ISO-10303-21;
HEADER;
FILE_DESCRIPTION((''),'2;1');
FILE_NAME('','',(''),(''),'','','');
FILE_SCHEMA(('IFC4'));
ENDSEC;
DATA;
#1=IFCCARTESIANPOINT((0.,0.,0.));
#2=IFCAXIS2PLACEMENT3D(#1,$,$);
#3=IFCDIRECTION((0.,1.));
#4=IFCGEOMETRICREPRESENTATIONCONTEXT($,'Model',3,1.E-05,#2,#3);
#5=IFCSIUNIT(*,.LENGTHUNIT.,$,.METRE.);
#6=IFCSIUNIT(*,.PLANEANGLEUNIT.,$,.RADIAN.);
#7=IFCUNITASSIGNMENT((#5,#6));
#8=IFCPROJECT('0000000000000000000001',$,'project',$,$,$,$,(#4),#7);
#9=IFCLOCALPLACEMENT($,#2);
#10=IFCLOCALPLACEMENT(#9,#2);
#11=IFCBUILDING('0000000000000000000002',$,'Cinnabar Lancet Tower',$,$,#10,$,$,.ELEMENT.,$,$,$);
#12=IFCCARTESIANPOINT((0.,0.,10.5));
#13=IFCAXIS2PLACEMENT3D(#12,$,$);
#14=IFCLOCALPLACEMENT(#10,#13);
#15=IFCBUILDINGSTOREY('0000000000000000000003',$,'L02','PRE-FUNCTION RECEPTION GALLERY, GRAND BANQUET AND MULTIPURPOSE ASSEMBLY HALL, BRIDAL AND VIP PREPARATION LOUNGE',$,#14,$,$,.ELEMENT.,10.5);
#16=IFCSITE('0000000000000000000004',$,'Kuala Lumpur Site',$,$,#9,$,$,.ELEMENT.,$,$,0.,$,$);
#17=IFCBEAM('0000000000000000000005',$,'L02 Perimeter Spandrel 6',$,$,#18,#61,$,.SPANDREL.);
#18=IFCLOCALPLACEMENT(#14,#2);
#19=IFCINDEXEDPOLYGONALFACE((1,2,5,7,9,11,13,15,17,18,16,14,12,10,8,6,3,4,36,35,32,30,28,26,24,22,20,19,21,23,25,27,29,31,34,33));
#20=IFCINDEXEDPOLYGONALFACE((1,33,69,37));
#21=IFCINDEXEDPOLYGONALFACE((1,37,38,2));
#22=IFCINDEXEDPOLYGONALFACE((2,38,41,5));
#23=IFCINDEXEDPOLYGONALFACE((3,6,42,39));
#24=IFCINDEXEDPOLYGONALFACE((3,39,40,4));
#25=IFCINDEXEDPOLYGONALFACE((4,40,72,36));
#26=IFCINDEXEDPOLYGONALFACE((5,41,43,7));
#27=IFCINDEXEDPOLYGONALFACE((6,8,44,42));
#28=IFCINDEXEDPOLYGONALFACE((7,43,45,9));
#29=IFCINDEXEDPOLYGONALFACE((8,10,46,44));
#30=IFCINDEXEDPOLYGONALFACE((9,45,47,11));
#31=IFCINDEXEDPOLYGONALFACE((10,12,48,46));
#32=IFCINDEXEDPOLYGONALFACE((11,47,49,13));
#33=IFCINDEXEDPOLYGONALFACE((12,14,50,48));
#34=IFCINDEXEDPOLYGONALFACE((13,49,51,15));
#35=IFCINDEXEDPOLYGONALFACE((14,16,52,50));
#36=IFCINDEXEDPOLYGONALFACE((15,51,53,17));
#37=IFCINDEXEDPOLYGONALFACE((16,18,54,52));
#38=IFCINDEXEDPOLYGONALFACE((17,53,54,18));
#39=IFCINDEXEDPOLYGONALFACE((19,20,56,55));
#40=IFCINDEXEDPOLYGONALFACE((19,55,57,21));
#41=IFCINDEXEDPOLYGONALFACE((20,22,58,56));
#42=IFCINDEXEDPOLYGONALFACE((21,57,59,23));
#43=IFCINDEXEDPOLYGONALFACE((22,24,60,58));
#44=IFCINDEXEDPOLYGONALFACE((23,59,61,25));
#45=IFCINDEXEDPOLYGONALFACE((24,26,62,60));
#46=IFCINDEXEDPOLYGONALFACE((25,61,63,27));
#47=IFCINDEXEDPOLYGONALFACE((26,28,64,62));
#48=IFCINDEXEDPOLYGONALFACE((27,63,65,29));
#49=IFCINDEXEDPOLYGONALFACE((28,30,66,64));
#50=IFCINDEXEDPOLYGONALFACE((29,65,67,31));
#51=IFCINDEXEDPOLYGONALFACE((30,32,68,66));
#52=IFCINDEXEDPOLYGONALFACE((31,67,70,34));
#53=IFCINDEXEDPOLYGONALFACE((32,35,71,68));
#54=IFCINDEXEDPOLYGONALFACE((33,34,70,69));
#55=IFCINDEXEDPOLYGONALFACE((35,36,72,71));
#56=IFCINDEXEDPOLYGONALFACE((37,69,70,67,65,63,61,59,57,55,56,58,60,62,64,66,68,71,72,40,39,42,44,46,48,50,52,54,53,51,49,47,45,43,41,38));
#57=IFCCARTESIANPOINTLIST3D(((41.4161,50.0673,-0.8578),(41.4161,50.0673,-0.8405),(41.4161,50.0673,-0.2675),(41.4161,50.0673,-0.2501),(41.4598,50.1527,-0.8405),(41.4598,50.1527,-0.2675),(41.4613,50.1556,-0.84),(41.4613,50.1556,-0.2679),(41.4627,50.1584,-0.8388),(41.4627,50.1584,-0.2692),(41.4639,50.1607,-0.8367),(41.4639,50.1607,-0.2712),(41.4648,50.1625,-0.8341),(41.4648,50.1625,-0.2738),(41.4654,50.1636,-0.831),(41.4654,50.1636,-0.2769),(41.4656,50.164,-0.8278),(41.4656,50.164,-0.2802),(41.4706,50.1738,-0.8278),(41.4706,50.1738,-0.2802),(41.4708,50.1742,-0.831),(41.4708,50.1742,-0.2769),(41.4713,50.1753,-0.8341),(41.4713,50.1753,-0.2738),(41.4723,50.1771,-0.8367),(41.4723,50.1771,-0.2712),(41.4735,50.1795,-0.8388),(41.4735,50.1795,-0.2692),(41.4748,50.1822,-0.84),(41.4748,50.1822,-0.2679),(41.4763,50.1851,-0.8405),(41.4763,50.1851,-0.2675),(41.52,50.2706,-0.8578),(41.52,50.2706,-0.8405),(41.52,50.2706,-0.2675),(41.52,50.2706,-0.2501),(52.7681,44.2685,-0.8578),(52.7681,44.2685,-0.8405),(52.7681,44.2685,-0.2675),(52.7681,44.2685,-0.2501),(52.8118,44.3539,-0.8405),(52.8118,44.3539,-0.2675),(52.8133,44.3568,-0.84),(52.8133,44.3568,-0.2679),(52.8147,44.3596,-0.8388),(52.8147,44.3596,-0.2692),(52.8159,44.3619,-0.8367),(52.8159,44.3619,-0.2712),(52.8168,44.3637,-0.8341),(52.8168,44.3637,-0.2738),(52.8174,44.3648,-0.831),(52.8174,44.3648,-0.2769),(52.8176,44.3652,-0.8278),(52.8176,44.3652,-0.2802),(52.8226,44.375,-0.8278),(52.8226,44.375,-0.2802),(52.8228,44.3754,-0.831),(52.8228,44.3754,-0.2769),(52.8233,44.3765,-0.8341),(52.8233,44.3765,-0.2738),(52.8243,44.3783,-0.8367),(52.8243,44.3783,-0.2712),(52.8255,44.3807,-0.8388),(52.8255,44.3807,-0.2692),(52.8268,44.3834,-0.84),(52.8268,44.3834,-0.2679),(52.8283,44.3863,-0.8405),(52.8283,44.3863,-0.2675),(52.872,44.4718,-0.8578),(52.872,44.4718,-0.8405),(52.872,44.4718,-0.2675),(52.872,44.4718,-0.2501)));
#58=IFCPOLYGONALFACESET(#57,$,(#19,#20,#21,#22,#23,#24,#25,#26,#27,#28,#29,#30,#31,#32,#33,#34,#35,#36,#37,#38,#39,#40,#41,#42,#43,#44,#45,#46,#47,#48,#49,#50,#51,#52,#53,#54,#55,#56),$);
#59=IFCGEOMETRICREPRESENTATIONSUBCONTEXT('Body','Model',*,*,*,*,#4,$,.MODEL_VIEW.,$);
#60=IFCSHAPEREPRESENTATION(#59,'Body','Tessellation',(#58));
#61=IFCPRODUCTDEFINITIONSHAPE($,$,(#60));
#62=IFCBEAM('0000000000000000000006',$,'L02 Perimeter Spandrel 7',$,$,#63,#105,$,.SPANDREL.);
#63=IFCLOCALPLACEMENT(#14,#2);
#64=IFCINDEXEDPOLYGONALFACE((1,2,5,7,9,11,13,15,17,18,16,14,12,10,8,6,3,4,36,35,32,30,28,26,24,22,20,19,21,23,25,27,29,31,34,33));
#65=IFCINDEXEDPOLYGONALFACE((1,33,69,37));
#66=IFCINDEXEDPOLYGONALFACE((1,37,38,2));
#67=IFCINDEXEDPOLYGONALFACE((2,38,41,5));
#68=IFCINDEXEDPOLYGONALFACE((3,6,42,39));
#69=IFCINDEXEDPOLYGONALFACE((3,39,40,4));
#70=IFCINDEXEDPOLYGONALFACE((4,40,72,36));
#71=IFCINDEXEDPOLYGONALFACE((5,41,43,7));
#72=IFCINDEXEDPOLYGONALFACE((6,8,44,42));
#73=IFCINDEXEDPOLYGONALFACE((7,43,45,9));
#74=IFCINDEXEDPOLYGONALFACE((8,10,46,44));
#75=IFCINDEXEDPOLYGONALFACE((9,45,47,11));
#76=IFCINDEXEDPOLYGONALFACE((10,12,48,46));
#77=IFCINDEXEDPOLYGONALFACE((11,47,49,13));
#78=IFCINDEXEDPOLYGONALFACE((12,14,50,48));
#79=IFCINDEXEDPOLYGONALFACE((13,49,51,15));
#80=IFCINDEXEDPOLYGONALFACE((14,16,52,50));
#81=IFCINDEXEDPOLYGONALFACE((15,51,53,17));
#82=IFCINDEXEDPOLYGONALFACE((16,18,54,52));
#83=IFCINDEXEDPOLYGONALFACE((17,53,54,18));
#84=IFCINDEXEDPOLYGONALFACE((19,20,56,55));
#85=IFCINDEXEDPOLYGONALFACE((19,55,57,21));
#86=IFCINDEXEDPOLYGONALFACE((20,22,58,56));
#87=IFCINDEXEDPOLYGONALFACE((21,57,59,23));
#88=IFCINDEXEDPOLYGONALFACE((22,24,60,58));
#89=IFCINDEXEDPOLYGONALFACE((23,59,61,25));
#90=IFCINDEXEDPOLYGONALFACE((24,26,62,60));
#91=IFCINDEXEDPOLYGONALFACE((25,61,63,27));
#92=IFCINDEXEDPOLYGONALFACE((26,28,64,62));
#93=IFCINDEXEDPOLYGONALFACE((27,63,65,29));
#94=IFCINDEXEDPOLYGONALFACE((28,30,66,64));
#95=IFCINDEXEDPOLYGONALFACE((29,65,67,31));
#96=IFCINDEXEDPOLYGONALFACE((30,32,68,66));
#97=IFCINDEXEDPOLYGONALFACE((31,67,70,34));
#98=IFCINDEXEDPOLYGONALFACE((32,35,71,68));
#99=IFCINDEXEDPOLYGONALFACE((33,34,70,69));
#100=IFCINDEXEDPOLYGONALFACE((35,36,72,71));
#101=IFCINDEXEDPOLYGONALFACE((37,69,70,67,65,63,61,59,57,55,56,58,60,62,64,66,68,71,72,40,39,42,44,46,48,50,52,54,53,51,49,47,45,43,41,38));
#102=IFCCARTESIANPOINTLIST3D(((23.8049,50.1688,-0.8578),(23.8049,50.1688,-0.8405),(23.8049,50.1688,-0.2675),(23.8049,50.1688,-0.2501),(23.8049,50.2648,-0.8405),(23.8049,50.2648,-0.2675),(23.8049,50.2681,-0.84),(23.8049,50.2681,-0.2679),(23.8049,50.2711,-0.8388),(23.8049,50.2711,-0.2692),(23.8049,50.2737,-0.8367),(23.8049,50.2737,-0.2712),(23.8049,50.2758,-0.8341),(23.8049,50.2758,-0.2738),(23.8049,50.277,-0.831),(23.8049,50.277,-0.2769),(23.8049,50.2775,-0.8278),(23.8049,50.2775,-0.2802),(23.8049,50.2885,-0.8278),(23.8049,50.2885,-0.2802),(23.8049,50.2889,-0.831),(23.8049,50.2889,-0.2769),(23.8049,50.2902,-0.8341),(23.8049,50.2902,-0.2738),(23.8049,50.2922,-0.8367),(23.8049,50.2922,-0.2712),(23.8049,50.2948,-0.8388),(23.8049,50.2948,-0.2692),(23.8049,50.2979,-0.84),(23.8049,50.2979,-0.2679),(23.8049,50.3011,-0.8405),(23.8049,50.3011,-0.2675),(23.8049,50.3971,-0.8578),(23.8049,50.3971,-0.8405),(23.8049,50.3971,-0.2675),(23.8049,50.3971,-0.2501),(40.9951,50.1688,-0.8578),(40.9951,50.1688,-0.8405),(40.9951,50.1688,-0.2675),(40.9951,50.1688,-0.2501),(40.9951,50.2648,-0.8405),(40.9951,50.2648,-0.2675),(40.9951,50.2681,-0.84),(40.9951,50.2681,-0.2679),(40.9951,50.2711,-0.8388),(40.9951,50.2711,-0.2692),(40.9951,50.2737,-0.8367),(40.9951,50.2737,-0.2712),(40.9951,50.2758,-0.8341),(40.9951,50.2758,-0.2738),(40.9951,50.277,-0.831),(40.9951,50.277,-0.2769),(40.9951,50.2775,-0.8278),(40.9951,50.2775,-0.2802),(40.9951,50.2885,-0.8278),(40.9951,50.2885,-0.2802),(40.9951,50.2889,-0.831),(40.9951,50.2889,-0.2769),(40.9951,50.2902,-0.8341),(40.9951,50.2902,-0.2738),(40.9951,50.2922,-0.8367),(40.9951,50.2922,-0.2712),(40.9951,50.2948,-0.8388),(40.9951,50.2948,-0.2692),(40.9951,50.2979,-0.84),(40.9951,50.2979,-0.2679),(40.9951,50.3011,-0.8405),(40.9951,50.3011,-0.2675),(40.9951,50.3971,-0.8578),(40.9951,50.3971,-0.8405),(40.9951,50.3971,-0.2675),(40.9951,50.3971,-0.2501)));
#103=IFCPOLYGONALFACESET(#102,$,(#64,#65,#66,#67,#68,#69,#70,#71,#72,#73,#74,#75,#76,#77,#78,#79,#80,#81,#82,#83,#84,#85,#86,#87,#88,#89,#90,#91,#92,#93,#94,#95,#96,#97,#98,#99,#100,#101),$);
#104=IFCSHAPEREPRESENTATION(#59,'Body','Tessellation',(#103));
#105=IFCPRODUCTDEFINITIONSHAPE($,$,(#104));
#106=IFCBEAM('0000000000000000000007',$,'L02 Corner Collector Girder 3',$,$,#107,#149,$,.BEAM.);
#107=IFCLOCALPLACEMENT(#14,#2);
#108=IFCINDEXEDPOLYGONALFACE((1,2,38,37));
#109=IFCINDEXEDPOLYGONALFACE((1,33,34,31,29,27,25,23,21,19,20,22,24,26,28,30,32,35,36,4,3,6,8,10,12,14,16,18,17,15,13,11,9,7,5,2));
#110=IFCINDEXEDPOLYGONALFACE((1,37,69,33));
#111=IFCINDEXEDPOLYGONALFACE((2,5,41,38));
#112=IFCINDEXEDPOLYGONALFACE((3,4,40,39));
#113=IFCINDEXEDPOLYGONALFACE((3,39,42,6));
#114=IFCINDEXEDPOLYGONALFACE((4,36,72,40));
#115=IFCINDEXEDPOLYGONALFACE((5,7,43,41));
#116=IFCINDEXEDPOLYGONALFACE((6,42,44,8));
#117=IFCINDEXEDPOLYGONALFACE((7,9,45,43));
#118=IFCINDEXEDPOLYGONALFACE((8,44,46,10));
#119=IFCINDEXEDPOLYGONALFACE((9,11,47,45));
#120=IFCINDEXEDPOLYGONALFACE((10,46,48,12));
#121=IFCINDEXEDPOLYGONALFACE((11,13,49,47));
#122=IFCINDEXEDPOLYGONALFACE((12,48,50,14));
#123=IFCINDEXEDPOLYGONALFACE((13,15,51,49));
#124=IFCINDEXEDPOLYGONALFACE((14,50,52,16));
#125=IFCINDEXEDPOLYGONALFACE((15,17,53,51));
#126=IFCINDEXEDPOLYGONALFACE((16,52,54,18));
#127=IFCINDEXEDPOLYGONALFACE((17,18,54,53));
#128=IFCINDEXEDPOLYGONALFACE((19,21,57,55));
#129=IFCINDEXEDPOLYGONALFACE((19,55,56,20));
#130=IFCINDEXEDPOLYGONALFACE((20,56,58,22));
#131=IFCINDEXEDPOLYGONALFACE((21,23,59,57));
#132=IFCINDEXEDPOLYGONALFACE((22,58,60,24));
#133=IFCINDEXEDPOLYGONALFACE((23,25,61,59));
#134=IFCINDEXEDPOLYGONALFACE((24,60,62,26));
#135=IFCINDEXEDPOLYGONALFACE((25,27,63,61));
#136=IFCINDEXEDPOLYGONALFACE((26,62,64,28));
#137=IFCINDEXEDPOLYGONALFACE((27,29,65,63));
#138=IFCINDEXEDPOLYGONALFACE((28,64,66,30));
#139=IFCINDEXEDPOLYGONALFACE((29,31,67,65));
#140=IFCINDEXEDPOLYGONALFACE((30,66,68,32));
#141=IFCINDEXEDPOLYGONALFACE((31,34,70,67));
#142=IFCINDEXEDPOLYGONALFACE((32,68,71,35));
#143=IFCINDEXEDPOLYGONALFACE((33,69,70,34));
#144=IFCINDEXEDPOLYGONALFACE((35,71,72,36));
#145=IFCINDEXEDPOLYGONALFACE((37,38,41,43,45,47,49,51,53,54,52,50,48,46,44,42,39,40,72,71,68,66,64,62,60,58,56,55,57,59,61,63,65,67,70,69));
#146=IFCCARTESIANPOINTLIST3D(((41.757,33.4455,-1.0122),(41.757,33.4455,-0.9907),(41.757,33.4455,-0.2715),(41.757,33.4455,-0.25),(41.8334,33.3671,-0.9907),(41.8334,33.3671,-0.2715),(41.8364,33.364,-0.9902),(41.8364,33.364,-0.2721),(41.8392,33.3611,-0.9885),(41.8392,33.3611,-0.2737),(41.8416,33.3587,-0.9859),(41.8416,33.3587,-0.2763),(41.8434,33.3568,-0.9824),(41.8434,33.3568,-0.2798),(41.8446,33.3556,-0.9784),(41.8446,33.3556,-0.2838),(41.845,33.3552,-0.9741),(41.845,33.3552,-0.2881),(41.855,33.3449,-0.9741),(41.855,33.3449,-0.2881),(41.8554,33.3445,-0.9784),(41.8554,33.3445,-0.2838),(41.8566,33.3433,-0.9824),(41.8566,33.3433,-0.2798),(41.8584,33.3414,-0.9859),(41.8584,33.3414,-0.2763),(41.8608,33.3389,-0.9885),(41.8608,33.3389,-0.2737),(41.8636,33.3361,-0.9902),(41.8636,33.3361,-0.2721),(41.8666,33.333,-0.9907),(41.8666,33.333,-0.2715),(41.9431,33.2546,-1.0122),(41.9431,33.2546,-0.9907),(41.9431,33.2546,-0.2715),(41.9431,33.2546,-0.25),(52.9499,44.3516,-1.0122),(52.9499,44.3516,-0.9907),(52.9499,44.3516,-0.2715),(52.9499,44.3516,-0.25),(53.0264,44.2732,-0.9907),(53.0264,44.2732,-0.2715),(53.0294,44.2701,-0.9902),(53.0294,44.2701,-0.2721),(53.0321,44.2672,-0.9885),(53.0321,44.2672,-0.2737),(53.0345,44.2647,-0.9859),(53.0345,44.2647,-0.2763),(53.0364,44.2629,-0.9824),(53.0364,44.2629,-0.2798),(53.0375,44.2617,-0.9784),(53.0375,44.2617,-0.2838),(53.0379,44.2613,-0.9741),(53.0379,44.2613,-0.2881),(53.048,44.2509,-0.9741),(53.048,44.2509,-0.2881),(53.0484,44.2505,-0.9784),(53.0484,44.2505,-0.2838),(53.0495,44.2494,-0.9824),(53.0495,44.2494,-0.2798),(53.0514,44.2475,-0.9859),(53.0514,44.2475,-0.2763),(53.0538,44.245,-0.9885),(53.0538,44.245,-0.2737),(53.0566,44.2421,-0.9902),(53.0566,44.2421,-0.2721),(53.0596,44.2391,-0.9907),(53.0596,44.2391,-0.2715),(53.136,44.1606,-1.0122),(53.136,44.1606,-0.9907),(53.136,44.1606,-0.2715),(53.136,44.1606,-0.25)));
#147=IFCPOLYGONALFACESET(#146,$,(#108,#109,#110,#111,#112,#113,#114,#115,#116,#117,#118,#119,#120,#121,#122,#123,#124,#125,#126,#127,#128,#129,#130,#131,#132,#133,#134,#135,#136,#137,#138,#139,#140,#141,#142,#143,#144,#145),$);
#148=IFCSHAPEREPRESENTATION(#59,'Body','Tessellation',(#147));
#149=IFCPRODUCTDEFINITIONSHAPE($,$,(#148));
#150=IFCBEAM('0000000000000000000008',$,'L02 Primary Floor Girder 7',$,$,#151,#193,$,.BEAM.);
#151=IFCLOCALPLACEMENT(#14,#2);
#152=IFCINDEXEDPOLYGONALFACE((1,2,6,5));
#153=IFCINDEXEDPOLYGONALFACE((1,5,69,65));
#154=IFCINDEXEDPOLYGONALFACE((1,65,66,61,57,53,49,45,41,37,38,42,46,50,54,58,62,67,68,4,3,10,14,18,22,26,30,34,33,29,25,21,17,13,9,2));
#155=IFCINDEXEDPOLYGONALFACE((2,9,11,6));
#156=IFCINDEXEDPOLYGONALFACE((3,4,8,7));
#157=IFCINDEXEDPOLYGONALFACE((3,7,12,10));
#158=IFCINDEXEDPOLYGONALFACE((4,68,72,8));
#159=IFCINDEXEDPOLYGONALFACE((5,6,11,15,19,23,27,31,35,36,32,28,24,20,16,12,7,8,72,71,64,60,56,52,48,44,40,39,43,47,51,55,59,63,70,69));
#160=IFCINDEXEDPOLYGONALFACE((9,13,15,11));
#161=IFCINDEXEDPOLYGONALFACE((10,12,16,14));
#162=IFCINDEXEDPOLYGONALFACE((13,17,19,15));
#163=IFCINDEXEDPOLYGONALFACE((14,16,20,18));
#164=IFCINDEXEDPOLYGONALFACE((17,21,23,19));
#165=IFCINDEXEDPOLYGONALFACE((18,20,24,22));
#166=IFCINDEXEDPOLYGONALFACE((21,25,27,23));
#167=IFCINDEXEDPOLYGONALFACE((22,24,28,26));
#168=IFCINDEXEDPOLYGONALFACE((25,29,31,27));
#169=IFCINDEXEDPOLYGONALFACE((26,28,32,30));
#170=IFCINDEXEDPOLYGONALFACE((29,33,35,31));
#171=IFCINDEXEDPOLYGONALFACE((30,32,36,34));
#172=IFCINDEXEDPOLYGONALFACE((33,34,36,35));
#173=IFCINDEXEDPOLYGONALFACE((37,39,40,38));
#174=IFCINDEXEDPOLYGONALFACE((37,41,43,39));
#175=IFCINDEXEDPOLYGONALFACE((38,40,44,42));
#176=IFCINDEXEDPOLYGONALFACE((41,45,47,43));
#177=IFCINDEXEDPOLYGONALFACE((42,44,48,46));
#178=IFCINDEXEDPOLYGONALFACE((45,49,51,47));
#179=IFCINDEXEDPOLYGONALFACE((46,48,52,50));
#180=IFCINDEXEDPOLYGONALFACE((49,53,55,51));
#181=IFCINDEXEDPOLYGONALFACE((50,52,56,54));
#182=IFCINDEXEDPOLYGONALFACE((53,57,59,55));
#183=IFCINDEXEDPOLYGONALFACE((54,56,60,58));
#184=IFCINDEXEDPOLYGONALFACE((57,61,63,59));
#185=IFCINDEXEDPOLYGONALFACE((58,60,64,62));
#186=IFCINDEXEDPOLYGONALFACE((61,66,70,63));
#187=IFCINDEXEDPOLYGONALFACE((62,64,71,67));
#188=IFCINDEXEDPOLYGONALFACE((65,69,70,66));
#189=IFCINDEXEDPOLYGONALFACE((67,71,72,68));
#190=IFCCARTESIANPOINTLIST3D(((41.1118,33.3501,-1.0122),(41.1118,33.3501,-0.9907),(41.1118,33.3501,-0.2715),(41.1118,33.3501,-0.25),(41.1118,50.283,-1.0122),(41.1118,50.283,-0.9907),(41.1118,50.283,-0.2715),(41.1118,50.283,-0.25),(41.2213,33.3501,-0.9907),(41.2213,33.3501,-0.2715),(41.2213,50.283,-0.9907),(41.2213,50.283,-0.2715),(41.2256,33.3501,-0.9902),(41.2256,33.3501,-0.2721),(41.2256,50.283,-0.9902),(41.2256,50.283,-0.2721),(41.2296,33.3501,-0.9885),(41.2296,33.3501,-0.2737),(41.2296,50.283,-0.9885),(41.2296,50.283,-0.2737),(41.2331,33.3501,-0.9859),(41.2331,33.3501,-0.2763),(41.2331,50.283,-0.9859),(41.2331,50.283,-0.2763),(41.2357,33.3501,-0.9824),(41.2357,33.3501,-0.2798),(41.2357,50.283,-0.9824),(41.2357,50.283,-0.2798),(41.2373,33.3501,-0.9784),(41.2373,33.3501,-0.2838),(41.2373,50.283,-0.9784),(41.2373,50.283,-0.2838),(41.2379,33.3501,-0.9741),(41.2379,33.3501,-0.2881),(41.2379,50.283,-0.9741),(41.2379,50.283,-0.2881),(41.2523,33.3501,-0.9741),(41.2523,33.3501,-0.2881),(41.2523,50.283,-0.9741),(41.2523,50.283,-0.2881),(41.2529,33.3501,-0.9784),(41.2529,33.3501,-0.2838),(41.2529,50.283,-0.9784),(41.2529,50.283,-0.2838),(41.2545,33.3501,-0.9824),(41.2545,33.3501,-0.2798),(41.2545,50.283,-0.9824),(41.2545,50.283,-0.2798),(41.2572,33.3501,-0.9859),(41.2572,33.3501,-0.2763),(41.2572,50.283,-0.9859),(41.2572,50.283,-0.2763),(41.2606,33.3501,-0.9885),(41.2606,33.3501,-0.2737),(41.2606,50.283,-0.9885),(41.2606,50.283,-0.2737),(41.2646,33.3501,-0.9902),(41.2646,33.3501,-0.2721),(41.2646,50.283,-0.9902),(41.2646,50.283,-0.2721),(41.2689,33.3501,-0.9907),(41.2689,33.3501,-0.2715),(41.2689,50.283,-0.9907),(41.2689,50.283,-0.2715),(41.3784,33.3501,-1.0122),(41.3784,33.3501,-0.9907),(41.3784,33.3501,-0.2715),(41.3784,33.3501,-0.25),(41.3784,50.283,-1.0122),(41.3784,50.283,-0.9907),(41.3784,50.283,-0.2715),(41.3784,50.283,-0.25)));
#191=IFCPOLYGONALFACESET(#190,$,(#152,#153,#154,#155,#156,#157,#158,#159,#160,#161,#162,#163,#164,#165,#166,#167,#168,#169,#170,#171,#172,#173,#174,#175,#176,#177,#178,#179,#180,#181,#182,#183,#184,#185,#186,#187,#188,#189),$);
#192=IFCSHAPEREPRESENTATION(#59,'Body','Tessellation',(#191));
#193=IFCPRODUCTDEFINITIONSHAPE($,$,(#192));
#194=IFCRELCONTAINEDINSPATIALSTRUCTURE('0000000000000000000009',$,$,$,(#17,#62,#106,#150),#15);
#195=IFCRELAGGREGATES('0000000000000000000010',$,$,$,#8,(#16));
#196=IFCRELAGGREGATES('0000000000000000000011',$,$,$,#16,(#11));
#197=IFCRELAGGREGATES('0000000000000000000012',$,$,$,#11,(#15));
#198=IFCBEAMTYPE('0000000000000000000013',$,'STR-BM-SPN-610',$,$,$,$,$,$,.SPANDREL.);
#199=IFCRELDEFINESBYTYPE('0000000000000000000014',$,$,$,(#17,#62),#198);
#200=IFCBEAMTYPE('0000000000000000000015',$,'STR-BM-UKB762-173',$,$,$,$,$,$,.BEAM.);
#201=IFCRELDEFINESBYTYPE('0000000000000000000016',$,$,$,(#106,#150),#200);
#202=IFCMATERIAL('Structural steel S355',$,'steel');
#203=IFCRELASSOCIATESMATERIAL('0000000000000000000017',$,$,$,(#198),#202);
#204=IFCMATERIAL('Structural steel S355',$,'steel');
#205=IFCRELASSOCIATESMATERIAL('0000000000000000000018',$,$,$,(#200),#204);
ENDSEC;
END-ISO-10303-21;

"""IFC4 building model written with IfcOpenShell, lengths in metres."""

from ifc_helpers import new_model, si_unit, direction, frame, origin, origin_2d, place, context, subcontext, project, spatial, i_section, extrude, material, material_profile, profile_set, type_object, element, save


model = new_model("IFC4")

# Units and contexts
model_context = context("Model", 3, precision=1e-05, world=origin(), true_north=direction((0.0, 1.0)))
body_context = subcontext(model_context, "Body", "Model", "MODEL_VIEW")
ifc_project = project(units=[si_unit("LENGTHUNIT", "METRE"), si_unit("PLANEANGLEUNIT", "RADIAN")], contexts=[model_context])

# Site, building, storey
site_placement = place(None, origin())
site = spatial("IfcSite", under=ifc_project, at=site_placement, Name="Kuala Lumpur Site", CompositionType="ELEMENT", RefElevation=0.0)
building_placement = place(site_placement, origin())
building = spatial("IfcBuilding", under=site, at=building_placement, Name="Cinnabar Lancet Tower", CompositionType="ELEMENT")
storey_placement = place(building_placement, frame((0.0, 0.0, 10.5)))
storey = spatial("IfcBuildingStorey", under=building, at=storey_placement, Name="L02", Description="PRE-FUNCTION RECEPTION GALLERY, GRAND BANQUET AND MULTIPURPOSE ASSEMBLY HALL, BRIDAL AND VIP PREPARATION LOUNGE", CompositionType="ELEMENT", Elevation=10.5)

# Beams
ifc_material_1 = material(Name="Structural steel S355", Category="steel")
ifc_material_profile_1 = material_profile(ifc_material_1, i_section(OverallWidth=0.2283, OverallDepth=0.6077, WebThickness=0.011, FlangeThickness=0.0173, FilletRadius=0.0127, at=origin_2d()), Name="UKB 610x229x113")
ifc_profile_set_1 = profile_set([ifc_material_profile_1], Name="Structural steel S355")
beam_type_1 = type_object("IfcBeamType", Name="STR-BM-SPN-610", PredefinedType="SPANDREL", material=ifc_profile_set_1)
beam_1_placement = place(storey_placement, frame((52.8201, 44.3701, -0.554), z_axis=(-0.890541, 0.454904, 0.0), x_axis=(-0.454904, -0.890541, 0.0)))
element("IfcBeam", 1, at=beam_1_placement, inside=storey, type_object=beam_type_1, Name="L02 Perimeter Spandrel 6", PredefinedType="SPANDREL", context=body_context, shape_type="SweptSolid", body=[
    extrude(i_section(OverallWidth=0.2283, OverallDepth=0.6077, WebThickness=0.011, FlangeThickness=0.0173, FilletRadius=0.0127, at=origin_2d()), origin(), (0.0, 0.0, 1.0), 12.7473),
])
beam_2_placement = place(storey_placement, frame((40.9951, 50.283, -0.554), z_axis=(-1.0, 0.0, 0.0), x_axis=(0.0, -1.0, 0.0)))
element("IfcBeam", 2, at=beam_2_placement, inside=storey, type_object=beam_type_1, Name="L02 Perimeter Spandrel 7", PredefinedType="SPANDREL", context=body_context, shape_type="SweptSolid", body=[
    extrude(i_section(OverallWidth=0.2283, OverallDepth=0.6077, WebThickness=0.011, FlangeThickness=0.0173, FilletRadius=0.0127, at=origin_2d()), origin(), (0.0, 0.0, 1.0), 17.1902),
])
ifc_material_2 = material(Name="Structural steel S355", Category="steel")
ifc_material_profile_2 = material_profile(ifc_material_2, i_section(OverallWidth=0.2666, OverallDepth=0.7622, WebThickness=0.0144, FlangeThickness=0.0215, FilletRadius=0.0166, at=origin_2d()), Name="UKB 762x267x173")
ifc_profile_set_2 = profile_set([ifc_material_profile_2], Name="Structural steel S355")
beam_type_2 = type_object("IfcBeamType", Name="STR-BM-UKB762-173", PredefinedType="BEAM", material=ifc_profile_set_2)
beam_3_placement = place(storey_placement, frame((53.043, 44.2561, -0.6311), z_axis=(-0.716225, -0.697869, 0.0), x_axis=(0.697869, -0.716225, 0.0)))
element("IfcBeam", 3, at=beam_3_placement, inside=storey, type_object=beam_type_2, Name="L02 Corner Collector Girder 3", PredefinedType="BEAM", context=body_context, shape_type="SweptSolid", body=[
    extrude(i_section(OverallWidth=0.2666, OverallDepth=0.7622, WebThickness=0.0144, FlangeThickness=0.0215, FilletRadius=0.0166, at=origin_2d()), origin(), (0.0, 0.0, 1.0), 15.6277),
])
beam_4_placement = place(storey_placement, frame((41.2451, 50.283, -0.6311), z_axis=(0.0, -1.0, 0.0), x_axis=(1.0, 0.0, 0.0)))
element("IfcBeam", 4, at=beam_4_placement, inside=storey, type_object=beam_type_2, Name="L02 Primary Floor Girder 7", PredefinedType="BEAM", context=body_context, shape_type="SweptSolid", body=[
    extrude(i_section(OverallWidth=0.2666, OverallDepth=0.7622, WebThickness=0.0144, FlangeThickness=0.0215, FilletRadius=0.0166, at=origin_2d()), origin(), (0.0, 0.0, 1.0), 16.9329),
])

save(model, "model.ifc")
